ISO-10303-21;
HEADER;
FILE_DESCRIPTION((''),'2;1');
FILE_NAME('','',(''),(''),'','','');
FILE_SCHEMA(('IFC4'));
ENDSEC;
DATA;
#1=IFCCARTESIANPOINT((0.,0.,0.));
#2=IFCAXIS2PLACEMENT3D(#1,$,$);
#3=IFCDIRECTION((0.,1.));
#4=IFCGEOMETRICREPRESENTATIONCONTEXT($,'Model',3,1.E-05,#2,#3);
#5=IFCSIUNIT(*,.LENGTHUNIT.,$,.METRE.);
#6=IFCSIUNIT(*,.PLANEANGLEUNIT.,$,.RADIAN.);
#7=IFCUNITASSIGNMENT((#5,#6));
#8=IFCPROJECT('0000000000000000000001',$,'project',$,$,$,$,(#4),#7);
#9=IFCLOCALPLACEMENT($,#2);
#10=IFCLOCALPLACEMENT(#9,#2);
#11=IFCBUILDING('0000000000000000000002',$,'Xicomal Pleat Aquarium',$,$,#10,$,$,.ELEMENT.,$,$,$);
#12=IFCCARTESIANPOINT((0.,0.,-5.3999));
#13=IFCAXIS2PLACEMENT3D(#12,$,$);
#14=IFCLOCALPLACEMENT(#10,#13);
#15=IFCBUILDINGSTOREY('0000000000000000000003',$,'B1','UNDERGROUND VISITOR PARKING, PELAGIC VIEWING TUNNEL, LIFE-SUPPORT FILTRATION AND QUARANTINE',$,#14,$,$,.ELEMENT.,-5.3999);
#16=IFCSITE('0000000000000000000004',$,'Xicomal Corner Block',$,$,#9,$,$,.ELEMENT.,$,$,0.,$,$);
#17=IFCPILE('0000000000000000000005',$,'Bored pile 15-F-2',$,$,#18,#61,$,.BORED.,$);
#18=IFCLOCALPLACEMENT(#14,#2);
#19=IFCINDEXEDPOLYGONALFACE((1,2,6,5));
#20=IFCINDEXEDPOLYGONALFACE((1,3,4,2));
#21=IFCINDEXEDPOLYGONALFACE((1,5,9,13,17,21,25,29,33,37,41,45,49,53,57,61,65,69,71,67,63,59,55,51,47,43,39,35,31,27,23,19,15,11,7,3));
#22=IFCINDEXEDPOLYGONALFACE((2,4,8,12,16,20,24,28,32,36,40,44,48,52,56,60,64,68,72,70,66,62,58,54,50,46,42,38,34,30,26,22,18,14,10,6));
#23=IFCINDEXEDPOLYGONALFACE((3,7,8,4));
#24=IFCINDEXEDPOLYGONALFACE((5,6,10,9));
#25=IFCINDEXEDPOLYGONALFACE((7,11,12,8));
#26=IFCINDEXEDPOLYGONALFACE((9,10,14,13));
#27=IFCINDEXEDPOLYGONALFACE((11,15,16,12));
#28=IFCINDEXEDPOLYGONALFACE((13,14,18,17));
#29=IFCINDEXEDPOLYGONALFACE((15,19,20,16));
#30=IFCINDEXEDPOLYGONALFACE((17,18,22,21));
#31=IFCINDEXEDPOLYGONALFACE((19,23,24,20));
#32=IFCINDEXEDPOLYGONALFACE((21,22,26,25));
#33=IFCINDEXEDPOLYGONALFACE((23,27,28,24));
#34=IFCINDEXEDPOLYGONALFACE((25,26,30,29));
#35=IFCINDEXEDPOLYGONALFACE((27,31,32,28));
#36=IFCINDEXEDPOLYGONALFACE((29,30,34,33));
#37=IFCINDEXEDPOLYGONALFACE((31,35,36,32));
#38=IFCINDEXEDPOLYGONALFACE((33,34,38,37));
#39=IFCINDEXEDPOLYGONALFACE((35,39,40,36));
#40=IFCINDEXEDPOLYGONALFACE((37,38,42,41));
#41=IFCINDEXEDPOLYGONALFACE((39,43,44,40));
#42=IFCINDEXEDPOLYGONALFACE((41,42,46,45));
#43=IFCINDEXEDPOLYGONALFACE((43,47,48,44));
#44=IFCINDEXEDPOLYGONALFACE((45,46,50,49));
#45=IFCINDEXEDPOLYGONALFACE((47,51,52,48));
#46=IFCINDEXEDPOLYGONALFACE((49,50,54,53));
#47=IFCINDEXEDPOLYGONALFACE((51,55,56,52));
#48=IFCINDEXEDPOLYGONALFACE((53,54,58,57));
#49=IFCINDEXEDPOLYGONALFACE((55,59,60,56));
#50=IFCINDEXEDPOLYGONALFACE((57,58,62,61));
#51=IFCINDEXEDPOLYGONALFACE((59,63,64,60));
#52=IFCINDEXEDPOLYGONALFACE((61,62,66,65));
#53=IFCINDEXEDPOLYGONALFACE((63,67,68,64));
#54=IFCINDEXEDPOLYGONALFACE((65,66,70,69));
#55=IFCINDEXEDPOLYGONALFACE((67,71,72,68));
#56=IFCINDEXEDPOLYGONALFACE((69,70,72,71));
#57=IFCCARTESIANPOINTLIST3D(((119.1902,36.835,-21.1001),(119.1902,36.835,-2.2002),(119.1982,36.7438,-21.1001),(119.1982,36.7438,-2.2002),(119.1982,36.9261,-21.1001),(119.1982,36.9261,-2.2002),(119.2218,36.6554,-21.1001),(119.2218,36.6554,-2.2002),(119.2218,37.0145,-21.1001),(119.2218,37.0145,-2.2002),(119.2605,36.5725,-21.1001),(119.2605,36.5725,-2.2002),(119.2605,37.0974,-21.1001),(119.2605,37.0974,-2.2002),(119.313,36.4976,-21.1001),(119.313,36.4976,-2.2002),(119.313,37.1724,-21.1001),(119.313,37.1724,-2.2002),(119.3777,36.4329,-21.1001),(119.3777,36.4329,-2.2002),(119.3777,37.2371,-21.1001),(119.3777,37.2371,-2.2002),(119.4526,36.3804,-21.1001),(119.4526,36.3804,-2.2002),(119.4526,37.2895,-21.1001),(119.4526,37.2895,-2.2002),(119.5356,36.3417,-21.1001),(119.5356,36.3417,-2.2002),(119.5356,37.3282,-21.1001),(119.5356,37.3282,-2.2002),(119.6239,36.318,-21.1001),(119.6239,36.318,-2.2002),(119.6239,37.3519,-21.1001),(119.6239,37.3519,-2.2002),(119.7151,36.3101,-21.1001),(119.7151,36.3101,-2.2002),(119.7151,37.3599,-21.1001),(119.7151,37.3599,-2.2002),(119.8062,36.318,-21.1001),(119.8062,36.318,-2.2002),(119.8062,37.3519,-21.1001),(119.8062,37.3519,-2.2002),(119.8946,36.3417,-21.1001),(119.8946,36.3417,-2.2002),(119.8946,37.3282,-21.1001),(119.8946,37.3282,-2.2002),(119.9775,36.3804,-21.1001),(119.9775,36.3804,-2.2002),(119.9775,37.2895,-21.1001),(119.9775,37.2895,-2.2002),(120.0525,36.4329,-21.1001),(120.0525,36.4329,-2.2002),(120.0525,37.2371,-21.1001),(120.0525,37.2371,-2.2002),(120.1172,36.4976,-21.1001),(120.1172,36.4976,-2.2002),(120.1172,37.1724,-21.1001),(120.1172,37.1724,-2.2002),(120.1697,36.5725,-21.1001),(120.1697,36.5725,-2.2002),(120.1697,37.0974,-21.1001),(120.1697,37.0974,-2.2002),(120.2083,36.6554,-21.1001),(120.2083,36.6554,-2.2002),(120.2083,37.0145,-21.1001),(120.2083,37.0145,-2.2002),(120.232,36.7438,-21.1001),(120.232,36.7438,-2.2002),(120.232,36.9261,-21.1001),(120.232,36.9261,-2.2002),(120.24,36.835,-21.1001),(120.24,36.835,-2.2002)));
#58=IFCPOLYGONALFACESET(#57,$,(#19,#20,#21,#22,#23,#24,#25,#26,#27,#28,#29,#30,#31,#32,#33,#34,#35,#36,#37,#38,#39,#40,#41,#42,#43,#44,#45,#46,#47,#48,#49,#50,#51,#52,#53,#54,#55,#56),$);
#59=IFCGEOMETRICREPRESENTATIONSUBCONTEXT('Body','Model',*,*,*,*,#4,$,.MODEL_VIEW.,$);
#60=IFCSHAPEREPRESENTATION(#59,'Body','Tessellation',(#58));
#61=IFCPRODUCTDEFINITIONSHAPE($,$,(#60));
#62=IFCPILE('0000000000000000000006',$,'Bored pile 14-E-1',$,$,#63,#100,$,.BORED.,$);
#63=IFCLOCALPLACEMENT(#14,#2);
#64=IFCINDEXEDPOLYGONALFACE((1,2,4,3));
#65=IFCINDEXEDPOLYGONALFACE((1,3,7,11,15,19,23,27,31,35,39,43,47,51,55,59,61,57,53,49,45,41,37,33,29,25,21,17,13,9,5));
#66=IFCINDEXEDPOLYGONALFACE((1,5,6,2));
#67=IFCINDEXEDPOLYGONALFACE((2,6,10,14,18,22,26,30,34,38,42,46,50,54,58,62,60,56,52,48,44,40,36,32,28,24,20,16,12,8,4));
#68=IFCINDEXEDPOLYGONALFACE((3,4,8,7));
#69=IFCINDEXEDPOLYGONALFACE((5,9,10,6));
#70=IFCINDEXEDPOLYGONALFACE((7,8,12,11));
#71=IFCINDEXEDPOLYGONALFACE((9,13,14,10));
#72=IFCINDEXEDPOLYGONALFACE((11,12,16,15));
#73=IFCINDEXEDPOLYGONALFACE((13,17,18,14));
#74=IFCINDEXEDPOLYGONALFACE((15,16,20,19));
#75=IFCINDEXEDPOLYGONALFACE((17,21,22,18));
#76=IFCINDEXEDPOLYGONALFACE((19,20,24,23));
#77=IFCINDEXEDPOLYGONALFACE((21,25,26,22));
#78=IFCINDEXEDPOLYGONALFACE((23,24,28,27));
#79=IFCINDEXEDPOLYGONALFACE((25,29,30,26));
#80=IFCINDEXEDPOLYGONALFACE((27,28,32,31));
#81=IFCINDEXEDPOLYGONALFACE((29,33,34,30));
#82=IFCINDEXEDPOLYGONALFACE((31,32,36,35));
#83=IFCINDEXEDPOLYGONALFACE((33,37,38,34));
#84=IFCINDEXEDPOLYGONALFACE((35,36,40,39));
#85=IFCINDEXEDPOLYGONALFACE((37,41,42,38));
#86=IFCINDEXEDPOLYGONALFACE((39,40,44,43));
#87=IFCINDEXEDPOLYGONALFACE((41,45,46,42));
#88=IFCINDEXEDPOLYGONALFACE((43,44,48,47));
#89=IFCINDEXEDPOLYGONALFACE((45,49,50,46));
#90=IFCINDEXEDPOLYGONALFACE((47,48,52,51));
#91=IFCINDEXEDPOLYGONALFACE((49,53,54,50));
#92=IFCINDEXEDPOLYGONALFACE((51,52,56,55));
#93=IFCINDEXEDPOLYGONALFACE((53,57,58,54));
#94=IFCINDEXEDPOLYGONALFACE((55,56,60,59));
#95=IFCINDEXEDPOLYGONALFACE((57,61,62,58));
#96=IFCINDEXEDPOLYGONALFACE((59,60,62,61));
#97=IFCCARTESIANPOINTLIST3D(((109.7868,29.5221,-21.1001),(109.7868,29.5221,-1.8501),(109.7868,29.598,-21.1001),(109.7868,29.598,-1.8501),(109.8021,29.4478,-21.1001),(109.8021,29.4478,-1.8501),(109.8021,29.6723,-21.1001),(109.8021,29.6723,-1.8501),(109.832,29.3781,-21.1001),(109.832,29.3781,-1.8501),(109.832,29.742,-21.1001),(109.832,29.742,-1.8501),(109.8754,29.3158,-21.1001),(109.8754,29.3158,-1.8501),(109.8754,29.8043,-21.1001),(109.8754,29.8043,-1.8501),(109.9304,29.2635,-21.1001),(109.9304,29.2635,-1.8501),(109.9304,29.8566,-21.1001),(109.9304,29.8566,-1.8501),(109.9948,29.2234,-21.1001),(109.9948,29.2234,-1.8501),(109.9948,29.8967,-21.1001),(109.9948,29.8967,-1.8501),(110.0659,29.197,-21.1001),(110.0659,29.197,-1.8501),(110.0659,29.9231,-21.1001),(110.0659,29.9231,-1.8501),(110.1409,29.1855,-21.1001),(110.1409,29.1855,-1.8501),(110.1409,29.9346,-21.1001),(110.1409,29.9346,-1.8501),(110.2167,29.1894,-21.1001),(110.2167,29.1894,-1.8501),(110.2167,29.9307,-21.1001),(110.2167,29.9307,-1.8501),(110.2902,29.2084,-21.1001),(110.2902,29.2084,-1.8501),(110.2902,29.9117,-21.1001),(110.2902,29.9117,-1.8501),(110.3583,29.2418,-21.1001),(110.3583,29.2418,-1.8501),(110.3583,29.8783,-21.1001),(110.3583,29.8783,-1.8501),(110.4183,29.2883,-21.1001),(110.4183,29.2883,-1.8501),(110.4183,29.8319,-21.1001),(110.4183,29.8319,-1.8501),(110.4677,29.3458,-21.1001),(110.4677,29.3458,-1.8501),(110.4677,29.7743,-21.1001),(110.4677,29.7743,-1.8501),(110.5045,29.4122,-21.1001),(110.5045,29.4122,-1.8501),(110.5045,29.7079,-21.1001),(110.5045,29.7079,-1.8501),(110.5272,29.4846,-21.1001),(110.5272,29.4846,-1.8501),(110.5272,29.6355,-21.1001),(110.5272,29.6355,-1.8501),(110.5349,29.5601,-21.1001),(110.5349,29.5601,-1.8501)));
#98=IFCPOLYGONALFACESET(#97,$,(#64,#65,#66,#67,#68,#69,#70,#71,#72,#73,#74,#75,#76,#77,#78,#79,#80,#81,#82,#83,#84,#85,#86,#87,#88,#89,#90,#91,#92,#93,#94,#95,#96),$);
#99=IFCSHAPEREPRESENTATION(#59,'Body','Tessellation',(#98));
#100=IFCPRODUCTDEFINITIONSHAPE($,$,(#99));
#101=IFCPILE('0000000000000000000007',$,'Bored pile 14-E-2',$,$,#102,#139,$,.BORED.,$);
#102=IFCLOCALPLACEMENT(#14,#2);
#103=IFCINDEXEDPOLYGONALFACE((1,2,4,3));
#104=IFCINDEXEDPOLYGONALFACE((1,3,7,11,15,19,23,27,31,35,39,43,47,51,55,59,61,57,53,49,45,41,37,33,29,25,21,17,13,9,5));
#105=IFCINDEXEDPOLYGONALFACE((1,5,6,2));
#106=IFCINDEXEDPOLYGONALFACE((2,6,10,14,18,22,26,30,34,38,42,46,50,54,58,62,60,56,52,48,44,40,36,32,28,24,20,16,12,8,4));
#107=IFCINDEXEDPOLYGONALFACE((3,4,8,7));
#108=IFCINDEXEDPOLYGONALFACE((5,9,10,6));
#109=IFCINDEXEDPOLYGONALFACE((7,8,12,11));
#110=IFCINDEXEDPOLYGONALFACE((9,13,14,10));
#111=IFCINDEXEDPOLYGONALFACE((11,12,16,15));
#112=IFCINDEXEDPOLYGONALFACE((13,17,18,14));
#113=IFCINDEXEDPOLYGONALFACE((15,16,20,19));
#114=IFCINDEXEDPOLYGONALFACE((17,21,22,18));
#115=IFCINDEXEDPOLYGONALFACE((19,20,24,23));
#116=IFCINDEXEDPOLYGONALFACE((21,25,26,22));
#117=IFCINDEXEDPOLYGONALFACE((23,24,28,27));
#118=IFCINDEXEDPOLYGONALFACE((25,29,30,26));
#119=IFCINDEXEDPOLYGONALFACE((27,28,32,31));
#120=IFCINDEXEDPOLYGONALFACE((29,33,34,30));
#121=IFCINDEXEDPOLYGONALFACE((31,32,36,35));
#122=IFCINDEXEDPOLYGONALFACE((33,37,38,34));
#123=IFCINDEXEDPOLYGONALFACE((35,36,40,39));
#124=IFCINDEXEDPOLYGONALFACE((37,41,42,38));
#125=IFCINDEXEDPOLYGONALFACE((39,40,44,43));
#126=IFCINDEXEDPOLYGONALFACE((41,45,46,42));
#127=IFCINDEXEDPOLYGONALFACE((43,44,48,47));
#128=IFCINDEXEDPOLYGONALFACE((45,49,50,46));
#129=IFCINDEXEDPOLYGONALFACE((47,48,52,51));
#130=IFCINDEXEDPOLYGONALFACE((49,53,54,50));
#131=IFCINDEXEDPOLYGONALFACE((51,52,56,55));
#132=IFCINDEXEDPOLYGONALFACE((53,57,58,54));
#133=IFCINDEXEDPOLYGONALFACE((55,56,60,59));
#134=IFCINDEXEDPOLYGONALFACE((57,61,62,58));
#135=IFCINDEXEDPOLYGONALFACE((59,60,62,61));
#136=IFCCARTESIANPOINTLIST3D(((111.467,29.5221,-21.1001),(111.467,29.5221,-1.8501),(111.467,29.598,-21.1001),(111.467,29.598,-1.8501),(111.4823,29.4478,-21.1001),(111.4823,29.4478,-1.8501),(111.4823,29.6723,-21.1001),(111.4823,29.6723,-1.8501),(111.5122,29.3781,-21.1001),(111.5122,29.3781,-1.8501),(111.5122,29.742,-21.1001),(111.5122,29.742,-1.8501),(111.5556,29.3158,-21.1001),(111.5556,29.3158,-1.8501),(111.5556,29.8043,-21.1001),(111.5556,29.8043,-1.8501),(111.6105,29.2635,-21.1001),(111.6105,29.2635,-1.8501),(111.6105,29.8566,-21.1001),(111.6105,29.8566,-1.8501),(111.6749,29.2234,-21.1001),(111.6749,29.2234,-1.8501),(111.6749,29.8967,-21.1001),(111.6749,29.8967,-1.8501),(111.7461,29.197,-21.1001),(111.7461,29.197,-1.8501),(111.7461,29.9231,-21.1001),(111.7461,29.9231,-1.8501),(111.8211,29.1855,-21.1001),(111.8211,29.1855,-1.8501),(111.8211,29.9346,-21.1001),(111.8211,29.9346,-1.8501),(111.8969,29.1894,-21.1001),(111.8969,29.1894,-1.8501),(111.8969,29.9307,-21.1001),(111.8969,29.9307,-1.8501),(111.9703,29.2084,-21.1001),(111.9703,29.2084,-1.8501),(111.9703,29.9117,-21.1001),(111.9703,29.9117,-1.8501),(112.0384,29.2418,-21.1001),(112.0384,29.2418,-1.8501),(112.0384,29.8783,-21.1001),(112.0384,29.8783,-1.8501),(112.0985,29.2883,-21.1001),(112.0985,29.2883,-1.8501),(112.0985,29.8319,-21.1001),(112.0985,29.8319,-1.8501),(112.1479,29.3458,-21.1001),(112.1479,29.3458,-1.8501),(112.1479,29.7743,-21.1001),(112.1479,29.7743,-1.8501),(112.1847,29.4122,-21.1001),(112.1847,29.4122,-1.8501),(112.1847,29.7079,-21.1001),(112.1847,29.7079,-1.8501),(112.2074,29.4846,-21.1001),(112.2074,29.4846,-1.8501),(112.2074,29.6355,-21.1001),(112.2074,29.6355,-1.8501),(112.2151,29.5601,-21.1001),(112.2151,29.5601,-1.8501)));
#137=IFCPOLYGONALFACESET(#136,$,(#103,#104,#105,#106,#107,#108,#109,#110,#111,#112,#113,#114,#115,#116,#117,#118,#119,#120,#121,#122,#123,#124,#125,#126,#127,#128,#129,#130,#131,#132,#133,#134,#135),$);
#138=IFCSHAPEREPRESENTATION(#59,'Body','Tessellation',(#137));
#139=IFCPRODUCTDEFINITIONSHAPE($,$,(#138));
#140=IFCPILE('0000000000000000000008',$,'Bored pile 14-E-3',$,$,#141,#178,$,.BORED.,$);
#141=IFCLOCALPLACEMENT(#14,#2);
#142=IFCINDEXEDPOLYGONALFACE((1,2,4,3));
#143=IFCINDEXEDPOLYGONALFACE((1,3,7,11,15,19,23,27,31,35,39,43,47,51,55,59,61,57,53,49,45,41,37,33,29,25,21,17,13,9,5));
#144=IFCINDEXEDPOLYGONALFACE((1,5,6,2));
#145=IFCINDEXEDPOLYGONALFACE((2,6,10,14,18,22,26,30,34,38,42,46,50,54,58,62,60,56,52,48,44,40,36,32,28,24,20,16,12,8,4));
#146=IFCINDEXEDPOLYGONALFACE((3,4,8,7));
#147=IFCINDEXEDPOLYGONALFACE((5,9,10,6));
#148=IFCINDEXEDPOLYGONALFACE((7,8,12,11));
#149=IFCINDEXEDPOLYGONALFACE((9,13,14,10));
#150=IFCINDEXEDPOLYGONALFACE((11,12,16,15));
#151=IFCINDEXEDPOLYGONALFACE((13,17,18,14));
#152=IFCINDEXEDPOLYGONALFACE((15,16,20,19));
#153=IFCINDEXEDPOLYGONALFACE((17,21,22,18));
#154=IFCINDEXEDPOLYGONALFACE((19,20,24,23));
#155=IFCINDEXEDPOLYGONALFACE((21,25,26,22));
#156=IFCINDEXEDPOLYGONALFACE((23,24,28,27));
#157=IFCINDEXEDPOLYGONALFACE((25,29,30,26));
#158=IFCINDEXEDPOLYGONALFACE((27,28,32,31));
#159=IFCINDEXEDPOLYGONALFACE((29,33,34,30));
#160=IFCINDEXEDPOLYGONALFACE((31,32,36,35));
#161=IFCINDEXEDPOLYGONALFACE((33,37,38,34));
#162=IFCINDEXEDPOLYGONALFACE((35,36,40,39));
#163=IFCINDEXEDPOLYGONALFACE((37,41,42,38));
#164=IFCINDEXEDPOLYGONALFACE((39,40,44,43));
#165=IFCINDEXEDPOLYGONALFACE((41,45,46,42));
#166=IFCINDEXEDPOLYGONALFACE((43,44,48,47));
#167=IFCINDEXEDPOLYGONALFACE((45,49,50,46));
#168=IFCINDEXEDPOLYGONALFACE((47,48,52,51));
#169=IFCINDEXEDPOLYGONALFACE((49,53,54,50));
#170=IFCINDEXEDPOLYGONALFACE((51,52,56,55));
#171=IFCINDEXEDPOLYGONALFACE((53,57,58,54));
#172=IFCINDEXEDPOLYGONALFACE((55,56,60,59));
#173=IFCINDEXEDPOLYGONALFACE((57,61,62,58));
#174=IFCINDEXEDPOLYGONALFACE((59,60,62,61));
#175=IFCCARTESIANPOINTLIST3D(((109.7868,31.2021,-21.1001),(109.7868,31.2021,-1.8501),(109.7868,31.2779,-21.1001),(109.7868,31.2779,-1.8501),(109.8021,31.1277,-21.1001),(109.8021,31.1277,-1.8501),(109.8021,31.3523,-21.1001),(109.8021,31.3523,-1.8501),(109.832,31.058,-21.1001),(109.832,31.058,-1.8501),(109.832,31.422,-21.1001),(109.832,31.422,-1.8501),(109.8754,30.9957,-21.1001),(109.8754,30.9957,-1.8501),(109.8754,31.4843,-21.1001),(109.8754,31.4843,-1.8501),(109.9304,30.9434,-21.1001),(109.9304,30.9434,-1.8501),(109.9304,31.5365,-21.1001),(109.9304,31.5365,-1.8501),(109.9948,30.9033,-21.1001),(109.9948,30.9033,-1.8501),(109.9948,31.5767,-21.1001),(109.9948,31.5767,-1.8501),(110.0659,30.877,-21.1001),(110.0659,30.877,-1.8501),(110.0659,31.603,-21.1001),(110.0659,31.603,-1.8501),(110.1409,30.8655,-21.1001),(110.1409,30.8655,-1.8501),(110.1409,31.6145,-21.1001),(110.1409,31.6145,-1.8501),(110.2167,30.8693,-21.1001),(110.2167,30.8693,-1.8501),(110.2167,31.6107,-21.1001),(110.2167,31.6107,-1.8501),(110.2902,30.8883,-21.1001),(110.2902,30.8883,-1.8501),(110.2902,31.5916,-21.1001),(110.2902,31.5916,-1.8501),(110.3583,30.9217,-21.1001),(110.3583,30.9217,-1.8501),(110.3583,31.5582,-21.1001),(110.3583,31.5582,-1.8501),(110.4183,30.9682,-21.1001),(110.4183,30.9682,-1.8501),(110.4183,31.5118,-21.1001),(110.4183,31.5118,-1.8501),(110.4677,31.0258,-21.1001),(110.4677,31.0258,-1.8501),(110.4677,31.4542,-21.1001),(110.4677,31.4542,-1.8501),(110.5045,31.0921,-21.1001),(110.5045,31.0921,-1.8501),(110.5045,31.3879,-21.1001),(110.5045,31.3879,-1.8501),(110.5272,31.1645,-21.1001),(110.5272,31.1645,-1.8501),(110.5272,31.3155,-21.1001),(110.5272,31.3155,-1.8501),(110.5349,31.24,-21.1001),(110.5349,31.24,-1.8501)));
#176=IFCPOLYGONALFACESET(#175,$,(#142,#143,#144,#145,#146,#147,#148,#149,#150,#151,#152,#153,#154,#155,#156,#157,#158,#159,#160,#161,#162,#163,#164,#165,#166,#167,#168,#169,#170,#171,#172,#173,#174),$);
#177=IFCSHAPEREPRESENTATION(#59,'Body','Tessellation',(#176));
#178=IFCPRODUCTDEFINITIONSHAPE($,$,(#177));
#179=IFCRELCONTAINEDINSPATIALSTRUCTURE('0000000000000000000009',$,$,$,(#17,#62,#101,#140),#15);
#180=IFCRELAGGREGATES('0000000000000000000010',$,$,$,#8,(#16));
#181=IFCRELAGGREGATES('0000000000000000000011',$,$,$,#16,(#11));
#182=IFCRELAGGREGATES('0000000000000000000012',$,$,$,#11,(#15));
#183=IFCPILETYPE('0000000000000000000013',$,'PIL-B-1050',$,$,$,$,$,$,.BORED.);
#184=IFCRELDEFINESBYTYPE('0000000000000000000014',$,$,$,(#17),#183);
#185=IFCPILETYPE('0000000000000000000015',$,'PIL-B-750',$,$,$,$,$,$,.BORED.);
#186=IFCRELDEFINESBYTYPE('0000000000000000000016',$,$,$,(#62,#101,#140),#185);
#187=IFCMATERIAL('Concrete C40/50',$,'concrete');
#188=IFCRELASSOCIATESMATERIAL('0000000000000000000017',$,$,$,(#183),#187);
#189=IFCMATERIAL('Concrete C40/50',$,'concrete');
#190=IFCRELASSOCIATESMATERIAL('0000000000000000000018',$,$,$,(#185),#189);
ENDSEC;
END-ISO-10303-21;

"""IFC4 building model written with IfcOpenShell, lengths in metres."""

from ifc_helpers import new_model, si_unit, direction, frame, origin, origin_2d, place, context, subcontext, project, spatial, circle, extrude, material, material_profile, profile_set, type_object, element, save


model = new_model("IFC4")

# Units and contexts
model_context = context("Model", 3, precision=1e-05, world=origin(), true_north=direction((0.0, 1.0)))
body_context = subcontext(model_context, "Body", "Model", "MODEL_VIEW")
ifc_project = project(units=[si_unit("LENGTHUNIT", "METRE"), si_unit("PLANEANGLEUNIT", "RADIAN")], contexts=[model_context])

# Site, building, storey
site_placement = place(None, origin())
site = spatial("IfcSite", under=ifc_project, at=site_placement, Name="Xicomal Corner Block", CompositionType="ELEMENT", RefElevation=0.0)
building_placement = place(site_placement, origin())
building = spatial("IfcBuilding", under=site, at=building_placement, Name="Xicomal Pleat Aquarium", CompositionType="ELEMENT")
storey_placement = place(building_placement, frame((0.0, 0.0, -5.3999)))
storey = spatial("IfcBuildingStorey", under=building, at=storey_placement, Name="B1", Description="UNDERGROUND VISITOR PARKING, PELAGIC VIEWING TUNNEL, LIFE-SUPPORT FILTRATION AND QUARANTINE", CompositionType="ELEMENT", Elevation=-5.3999)

# Piles
ifc_material_1 = material(Name="Concrete C40/50", Category="concrete")
ifc_material_profile_1 = material_profile(ifc_material_1, circle(Radius=0.5249, at=origin_2d()), Name="BORED PILE D1050")
ifc_profile_set_1 = profile_set([ifc_material_profile_1], Name="Concrete C40/50")
pile_type_1 = type_object("IfcPileType", Name="PIL-B-1050", PredefinedType="BORED", material=ifc_profile_set_1)
for number, where, z_axis, x_axis, name in (
    (1, (119.7151, 36.835, -2.2002), (0.0, 0.0, -1.0), (1.0, 0.0, 0.0), "Bored pile 15-F-2"),
):
    element("IfcPile", number, at=place(storey_placement, frame(where, z_axis=z_axis, x_axis=x_axis)), inside=storey, type_object=pile_type_1, Name=name, PredefinedType="BORED", context=body_context, shape_type="SweptSolid", body=[
        extrude(circle(Radius=0.5249, at=origin_2d()), origin(), (0.0, 0.0, 1.0), 18.8999),
    ])
ifc_material_2 = material(Name="Concrete C40/50", Category="concrete")
ifc_material_profile_2 = material_profile(ifc_material_2, circle(Radius=0.375, at=origin_2d()), Name="BORED PILE D750")
ifc_profile_set_2 = profile_set([ifc_material_profile_2], Name="Concrete C40/50")
pile_type_2 = type_object("IfcPileType", Name="PIL-B-750", PredefinedType="BORED", material=ifc_profile_set_2)
for number, where, z_axis, x_axis, name in (
    (2, (110.1599, 29.5601, -1.8501), (0.0, 0.0, -1.0), (1.0, 0.0, 0.0), "Bored pile 14-E-1"),
    (3, (111.8401, 29.5601, -1.8501), (0.0, 0.0, -1.0), (1.0, 0.0, 0.0), "Bored pile 14-E-2"),
    (4, (110.1599, 31.24, -1.8501), (0.0, 0.0, -1.0), (1.0, 0.0, 0.0), "Bored pile 14-E-3"),
):
    element("IfcPile", number, at=place(storey_placement, frame(where, z_axis=z_axis, x_axis=x_axis)), inside=storey, type_object=pile_type_2, Name=name, PredefinedType="BORED", context=body_context, shape_type="SweptSolid", body=[
        extrude(circle(Radius=0.375, at=origin_2d()), origin(), (0.0, 0.0, 1.0), 19.25),
    ])

save(model, "model.ifc")
